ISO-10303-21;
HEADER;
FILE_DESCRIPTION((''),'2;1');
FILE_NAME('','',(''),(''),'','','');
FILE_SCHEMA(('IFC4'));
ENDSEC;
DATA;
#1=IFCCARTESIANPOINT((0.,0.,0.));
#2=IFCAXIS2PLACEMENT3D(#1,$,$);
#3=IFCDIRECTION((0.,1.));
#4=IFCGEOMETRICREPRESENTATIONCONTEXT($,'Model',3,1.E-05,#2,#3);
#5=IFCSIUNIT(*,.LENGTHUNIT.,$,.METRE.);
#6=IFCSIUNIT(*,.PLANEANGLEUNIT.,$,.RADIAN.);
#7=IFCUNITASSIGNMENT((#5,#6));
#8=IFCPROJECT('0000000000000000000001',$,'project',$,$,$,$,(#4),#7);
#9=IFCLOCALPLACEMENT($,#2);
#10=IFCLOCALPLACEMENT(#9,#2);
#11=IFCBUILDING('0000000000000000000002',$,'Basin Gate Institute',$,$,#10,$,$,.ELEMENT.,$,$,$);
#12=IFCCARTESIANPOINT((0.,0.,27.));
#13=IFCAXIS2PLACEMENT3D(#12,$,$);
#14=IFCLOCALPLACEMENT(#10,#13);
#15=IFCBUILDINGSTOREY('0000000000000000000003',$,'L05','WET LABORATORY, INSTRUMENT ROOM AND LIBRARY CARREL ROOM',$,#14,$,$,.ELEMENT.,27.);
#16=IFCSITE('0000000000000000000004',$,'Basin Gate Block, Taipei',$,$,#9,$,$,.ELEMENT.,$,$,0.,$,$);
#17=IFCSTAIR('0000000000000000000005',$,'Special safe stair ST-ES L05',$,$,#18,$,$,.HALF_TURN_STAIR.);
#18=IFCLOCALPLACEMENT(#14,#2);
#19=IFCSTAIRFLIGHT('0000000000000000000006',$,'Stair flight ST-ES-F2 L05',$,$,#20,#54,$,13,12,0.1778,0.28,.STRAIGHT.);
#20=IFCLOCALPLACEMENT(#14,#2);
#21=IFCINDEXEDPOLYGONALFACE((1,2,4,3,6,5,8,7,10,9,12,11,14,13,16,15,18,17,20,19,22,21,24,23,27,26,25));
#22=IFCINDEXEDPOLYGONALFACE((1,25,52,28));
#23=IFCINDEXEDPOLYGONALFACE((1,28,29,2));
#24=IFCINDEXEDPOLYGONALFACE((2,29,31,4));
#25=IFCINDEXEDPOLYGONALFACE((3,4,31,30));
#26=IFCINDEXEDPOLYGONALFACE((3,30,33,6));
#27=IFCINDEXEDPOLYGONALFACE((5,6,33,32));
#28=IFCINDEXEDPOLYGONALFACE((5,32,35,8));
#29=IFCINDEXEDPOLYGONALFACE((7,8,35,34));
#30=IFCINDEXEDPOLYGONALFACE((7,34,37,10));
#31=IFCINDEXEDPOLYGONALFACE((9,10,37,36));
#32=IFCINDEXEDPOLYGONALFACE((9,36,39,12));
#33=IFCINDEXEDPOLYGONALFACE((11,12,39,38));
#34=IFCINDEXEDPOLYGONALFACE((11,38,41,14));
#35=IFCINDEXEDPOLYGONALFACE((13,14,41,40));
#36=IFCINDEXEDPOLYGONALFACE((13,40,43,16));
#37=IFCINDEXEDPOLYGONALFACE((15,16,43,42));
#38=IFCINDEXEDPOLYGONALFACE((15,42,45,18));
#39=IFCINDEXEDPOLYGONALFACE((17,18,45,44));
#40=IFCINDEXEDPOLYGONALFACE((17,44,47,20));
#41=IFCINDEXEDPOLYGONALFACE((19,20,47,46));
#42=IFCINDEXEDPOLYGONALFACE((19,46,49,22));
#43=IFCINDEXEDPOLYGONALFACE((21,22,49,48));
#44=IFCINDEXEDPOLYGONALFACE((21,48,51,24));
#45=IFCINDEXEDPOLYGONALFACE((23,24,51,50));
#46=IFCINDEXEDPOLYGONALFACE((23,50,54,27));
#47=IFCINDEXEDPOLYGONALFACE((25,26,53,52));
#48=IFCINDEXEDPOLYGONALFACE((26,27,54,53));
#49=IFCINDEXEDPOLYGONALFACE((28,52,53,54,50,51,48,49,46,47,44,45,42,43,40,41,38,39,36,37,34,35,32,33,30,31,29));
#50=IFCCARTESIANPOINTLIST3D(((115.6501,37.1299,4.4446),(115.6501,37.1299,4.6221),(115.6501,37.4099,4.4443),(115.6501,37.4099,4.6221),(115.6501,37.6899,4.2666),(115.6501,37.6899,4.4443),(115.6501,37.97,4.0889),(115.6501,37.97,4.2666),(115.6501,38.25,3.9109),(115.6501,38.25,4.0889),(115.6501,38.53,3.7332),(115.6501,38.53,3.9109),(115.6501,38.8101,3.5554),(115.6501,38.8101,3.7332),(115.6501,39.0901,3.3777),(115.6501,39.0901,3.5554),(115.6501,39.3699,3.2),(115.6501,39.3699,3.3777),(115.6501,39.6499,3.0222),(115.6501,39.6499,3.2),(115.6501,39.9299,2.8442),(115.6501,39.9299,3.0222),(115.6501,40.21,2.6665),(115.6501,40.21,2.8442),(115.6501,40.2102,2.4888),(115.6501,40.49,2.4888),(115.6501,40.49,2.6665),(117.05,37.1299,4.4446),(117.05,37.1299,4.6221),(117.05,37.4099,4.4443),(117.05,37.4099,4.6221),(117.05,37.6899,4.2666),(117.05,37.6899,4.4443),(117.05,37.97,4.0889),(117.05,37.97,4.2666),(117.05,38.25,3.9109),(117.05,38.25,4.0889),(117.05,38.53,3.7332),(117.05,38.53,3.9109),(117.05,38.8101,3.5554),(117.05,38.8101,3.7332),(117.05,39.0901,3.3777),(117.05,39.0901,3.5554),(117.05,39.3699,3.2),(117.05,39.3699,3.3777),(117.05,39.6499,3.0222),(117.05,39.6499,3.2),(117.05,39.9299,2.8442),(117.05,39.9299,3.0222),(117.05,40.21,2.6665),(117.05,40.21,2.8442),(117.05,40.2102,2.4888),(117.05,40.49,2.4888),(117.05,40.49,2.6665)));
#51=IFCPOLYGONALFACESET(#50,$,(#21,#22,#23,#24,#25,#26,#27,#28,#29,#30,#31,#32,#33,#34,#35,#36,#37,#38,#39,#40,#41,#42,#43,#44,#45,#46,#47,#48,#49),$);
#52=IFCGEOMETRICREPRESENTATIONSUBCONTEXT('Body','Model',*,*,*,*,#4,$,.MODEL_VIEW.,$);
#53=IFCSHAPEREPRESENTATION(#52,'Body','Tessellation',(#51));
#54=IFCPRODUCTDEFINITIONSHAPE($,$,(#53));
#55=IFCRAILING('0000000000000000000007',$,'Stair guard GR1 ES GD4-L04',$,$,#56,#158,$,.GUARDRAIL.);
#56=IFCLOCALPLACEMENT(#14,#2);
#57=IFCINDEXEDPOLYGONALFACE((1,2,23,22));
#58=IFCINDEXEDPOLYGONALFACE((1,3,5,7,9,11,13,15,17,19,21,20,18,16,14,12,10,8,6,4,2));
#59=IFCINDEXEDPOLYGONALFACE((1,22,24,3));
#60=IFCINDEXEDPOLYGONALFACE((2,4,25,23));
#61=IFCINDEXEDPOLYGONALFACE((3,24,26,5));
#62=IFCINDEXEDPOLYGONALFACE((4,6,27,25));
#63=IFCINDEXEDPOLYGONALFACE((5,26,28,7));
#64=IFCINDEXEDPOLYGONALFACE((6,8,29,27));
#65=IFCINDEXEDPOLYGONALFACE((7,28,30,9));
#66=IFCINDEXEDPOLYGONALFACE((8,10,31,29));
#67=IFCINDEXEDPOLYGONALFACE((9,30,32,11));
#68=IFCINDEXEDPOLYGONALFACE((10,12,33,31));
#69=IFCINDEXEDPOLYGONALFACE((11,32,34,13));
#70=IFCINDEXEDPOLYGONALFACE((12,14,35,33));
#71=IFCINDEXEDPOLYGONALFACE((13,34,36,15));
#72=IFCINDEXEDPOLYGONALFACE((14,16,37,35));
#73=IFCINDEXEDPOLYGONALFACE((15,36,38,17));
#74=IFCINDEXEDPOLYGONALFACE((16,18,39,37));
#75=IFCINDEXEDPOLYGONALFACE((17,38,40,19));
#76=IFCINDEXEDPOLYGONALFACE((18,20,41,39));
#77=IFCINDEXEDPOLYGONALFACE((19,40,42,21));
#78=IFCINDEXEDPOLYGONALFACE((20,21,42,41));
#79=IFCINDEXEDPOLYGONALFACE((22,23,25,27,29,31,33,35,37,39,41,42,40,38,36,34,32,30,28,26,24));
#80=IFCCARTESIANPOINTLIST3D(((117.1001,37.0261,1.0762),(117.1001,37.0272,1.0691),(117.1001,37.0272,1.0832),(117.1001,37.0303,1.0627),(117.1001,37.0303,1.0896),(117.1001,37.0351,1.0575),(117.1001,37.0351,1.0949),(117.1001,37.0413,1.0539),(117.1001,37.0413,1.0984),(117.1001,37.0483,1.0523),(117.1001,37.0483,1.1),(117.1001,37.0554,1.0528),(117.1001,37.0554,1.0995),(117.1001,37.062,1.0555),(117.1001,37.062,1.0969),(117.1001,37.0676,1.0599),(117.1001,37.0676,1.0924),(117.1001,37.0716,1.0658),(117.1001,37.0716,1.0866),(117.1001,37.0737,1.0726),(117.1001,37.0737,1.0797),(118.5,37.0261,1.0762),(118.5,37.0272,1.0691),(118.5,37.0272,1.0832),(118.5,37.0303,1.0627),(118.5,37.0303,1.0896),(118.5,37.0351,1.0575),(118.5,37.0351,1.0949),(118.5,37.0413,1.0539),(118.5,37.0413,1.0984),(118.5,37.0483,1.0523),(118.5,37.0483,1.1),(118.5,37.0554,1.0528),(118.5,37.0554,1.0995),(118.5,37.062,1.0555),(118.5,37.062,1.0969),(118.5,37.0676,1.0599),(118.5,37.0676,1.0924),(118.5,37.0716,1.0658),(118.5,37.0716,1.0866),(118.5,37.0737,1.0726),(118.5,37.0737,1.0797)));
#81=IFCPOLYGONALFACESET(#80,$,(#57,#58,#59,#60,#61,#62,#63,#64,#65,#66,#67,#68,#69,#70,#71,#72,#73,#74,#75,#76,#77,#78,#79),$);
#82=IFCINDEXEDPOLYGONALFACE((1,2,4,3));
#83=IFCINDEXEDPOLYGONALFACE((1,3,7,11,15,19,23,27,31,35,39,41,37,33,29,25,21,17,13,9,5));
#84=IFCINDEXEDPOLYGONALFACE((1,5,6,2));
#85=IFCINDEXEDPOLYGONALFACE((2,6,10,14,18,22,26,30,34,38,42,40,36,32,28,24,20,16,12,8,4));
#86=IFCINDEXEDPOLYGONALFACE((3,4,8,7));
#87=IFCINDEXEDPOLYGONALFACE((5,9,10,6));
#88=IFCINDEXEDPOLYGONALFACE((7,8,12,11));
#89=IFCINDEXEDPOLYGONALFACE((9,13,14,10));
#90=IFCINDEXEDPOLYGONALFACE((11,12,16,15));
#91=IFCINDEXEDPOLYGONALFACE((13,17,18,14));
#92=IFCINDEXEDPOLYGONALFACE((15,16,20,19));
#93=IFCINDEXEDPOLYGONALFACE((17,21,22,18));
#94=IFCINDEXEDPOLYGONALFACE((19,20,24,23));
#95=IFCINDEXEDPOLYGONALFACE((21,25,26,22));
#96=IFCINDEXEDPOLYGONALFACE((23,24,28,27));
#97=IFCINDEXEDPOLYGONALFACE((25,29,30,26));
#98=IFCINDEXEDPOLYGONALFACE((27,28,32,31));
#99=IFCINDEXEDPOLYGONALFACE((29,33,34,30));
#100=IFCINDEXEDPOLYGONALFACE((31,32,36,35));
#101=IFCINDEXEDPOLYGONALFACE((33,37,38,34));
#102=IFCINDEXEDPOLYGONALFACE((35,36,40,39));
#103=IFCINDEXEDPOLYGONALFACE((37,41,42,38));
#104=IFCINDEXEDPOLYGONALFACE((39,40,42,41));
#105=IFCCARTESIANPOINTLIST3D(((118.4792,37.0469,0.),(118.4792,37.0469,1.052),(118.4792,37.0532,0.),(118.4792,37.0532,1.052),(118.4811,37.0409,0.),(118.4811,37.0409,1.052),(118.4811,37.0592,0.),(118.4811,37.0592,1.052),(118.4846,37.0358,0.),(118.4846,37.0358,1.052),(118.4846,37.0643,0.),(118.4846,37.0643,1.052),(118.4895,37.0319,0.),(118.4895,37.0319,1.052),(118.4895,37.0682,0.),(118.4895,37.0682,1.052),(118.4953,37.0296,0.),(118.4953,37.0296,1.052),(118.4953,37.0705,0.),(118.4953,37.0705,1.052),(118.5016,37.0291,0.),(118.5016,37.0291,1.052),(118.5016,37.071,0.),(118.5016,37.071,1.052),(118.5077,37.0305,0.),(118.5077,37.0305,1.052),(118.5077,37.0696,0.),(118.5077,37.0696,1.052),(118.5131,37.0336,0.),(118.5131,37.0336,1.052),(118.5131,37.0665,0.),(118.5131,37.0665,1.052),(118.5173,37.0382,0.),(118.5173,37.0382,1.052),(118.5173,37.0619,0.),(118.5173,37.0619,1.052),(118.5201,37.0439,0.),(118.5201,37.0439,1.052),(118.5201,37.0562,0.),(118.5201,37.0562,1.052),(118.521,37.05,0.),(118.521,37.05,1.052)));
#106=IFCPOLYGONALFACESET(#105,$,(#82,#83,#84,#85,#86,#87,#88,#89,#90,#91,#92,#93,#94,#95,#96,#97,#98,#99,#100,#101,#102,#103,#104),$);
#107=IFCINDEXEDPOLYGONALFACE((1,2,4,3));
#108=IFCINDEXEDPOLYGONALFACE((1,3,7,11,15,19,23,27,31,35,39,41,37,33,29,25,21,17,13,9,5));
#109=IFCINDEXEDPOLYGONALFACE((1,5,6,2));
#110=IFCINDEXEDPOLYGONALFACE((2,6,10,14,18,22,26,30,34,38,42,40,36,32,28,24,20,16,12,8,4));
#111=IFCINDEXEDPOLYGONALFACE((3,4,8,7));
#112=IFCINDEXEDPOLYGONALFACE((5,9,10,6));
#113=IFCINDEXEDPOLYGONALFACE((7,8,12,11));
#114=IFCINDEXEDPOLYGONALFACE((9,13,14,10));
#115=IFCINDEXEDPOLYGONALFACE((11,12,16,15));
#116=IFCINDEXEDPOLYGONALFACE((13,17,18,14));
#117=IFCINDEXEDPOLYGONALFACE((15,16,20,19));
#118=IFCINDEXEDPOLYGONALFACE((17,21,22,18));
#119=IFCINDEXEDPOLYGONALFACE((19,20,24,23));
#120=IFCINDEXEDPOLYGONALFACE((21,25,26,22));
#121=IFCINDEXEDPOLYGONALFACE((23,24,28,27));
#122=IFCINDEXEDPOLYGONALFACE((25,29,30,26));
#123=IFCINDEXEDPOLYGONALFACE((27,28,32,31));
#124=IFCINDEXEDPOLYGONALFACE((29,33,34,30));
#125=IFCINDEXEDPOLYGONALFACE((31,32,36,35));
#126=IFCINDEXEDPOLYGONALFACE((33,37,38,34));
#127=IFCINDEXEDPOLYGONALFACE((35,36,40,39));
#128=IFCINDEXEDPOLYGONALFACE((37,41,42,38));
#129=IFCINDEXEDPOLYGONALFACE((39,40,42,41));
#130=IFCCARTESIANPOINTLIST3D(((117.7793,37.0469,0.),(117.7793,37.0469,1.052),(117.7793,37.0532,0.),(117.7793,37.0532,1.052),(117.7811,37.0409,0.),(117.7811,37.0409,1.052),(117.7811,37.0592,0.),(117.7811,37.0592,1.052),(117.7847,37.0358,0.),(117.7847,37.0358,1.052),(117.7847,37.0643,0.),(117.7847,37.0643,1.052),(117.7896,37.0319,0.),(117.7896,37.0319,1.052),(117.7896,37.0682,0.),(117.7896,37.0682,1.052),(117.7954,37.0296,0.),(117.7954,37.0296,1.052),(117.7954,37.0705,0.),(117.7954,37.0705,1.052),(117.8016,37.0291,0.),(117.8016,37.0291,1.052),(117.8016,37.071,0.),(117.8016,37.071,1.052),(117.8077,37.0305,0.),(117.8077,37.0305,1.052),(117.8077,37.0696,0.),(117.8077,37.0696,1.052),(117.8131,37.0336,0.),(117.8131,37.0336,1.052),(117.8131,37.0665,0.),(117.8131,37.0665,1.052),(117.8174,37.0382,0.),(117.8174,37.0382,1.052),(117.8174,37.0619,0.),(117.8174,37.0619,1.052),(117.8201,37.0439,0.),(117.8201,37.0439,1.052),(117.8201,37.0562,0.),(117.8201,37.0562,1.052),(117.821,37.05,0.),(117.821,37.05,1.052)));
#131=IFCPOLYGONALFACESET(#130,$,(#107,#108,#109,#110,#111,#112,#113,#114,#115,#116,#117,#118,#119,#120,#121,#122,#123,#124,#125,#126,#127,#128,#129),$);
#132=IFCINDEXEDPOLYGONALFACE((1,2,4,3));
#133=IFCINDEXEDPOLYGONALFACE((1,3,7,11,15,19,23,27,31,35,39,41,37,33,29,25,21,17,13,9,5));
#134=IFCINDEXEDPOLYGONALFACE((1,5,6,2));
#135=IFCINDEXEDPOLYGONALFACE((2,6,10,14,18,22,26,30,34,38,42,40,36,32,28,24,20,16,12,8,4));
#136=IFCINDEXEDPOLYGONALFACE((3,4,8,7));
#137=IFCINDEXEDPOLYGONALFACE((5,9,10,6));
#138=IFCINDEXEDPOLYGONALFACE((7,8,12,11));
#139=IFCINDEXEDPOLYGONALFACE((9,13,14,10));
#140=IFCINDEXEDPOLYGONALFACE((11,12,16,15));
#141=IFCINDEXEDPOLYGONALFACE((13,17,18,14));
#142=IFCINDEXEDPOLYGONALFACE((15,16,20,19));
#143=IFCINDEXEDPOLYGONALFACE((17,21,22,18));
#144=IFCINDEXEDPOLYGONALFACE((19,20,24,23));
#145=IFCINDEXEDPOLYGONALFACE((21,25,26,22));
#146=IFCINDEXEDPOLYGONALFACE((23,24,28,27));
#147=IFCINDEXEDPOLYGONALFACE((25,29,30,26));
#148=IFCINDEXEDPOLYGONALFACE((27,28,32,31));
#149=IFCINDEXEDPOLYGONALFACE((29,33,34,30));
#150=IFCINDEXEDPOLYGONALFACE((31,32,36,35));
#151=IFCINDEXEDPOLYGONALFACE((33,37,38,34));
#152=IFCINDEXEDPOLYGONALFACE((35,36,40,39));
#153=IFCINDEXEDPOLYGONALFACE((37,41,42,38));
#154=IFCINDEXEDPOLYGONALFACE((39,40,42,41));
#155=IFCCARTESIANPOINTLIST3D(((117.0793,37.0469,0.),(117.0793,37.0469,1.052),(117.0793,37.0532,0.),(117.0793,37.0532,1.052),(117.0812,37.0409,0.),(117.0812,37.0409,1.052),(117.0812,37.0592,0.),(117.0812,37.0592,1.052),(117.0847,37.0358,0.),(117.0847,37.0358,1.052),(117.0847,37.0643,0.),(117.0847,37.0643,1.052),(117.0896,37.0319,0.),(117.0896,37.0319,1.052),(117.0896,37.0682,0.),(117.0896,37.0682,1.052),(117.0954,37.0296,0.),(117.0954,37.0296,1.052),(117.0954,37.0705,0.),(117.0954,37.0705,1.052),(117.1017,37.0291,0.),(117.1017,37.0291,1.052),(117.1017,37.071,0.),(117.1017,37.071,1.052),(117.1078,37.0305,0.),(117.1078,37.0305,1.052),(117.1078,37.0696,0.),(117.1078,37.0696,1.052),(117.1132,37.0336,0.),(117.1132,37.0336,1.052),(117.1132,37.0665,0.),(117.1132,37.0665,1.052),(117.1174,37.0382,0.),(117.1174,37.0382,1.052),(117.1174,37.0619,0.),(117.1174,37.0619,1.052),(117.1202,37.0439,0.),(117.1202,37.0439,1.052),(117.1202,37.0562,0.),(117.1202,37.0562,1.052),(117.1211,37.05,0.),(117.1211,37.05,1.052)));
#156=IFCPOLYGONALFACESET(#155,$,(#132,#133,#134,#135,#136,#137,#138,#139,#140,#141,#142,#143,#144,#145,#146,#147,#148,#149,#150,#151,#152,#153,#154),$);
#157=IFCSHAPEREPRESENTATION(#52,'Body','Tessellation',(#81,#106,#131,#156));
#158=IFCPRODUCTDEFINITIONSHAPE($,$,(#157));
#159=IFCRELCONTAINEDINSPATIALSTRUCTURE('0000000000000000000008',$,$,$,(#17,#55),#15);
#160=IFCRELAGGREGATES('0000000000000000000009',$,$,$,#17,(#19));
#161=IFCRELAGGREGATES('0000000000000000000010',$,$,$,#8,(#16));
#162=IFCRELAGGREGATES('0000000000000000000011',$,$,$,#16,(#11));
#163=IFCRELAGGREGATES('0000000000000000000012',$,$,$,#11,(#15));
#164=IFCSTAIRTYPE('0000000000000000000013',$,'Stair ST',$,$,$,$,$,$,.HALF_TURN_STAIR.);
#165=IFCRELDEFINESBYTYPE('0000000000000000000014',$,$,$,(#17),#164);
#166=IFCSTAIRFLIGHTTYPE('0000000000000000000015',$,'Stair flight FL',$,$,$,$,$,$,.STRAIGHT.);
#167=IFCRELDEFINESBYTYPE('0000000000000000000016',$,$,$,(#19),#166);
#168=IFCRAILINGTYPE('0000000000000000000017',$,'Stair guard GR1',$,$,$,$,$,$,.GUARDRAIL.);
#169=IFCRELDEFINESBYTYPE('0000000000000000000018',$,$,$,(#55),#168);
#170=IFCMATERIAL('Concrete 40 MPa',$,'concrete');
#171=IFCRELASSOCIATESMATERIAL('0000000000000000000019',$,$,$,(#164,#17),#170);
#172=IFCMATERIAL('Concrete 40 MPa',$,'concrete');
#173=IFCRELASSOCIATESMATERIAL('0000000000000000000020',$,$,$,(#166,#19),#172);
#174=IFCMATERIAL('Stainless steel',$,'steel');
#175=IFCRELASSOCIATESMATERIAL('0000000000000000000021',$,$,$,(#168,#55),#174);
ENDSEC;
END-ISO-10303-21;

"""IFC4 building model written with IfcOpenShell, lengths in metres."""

from ifc_helpers import new_model, si_unit, direction, frame, origin, origin_2d, place, context, subcontext, project, spatial, polyline, circle, outline, extrude, material, type_object, element, aggregate, save


model = new_model("IFC4")

# Units and contexts
model_context = context("Model", 3, precision=1e-05, world=origin(), true_north=direction((0.0, 1.0)))
body_context = subcontext(model_context, "Body", "Model", "MODEL_VIEW")
ifc_project = project(units=[si_unit("LENGTHUNIT", "METRE"), si_unit("PLANEANGLEUNIT", "RADIAN")], contexts=[model_context])

# Site, building, storey
site_placement = place(None, origin())
site = spatial("IfcSite", under=ifc_project, at=site_placement, Name="Basin Gate Block, Taipei", CompositionType="ELEMENT", RefElevation=0.0)
building_placement = place(site_placement, origin())
building = spatial("IfcBuilding", under=site, at=building_placement, Name="Basin Gate Institute", CompositionType="ELEMENT")
storey_placement = place(building_placement, frame((0.0, 0.0, 27.0)))
storey = spatial("IfcBuildingStorey", under=building, at=storey_placement, Name="L05", Description="WET LABORATORY, INSTRUMENT ROOM AND LIBRARY CARREL ROOM", CompositionType="ELEMENT", Elevation=27.0)

# Stair, stair flight
ifc_material_1 = material(Name="Concrete 40 MPa", Category="concrete")
stair_type = type_object("IfcStairType", Name="Stair ST", PredefinedType="HALF_TURN_STAIR", material=ifc_material_1)
stair_placement = place(storey_placement, origin())
stair = element("IfcStair", 1, at=stair_placement, inside=storey, type_object=stair_type, material=ifc_material_1, Name="Special safe stair ST-ES L05", PredefinedType="HALF_TURN_STAIR")
ifc_material_2 = material(Name="Concrete 40 MPa", Category="concrete")
stair_flight_type = type_object("IfcStairFlightType", Name="Stair flight FL", PredefinedType="STRAIGHT", material=ifc_material_2)
stair_flight_1_placement = place(storey_placement, frame((116.3501, 40.49, 2.4888), z_axis=(0.0, 0.0, 1.0), x_axis=(0.0, -1.0, 0.0)))
stair_flight_1 = element("IfcStairFlight", 2, at=stair_flight_1_placement, type_object=stair_flight_type, material=ifc_material_2, Name="Stair flight ST-ES-F2 L05", NumberOfRisers=13, NumberOfTreads=12, PredefinedType="STRAIGHT", RiserHeight=0.1778, TreadLength=0.28, context=body_context, shape_type="SweptSolid", body=[
    extrude(outline(polyline([(0.0, 0.0), (0.0, 0.1777), (0.28, 0.1777), (0.28, 0.3555), (0.5601, 0.3555), (0.5601, 0.5334), (0.8401, 0.5334), (0.8401, 0.7112), (1.1201, 0.7112), (1.1201, 0.8889), (1.3999, 0.8889), (1.3999, 1.0667), (1.6799, 1.0667), (1.6799, 1.2444), (1.96, 1.2444), (1.96, 1.4221), (2.24, 1.4221), (2.24, 1.6001), (2.52, 1.6001), (2.52, 1.7778), (2.8, 1.7778), (2.8, 1.9556), (3.0801, 1.9556), (3.0801, 2.1333), (3.3601, 2.1333), (3.3601, 2.311), (3.3601, 1.9558), (0.2798, 0.0), (0.0, 0.0)])), frame((0.0, 0.7, 0.0), z_axis=(0.0, -1.0, 0.0), x_axis=(1.0, 0.0, 0.0)), (0.0, 0.0, 1.0), 1.3999),
])
aggregate(stair, [stair_flight_1])

# Railing
ifc_material_3 = material(Name="Stainless steel", Category="steel")
railing_type_1 = type_object("IfcRailingType", Name="Stair guard GR1", PredefinedType="GUARDRAIL", material=ifc_material_3)
railing_1_placement = place(storey_placement, frame((118.5, 37.05, 0.0)))
element("IfcRailing", 3, at=railing_1_placement, inside=storey, type_object=railing_type_1, material=ifc_material_3, Name="Stair guard GR1 ES GD4-L04", PredefinedType="GUARDRAIL", context=body_context, shape_type="SweptSolid", body=[
    extrude(circle(Radius=0.0239, at=origin_2d()), frame((0.0, 0.0, 1.0762), z_axis=(-1.0, 0.0, 0.0), x_axis=(0.0, -1.0, 0.0)), (0.0, 0.0, 1.0), 1.3999),
    extrude(circle(Radius=0.021, at=origin_2d()), origin(), (0.0, 0.0, 1.0), 1.052),
    extrude(circle(Radius=0.021, at=origin_2d()), frame((-0.7, 0.0, 0.0)), (0.0, 0.0, 1.0), 1.052),
    extrude(circle(Radius=0.021, at=origin_2d()), frame((-1.3999, 0.0, 0.0)), (0.0, 0.0, 1.0), 1.052),
])

save(model, "model.ifc")
